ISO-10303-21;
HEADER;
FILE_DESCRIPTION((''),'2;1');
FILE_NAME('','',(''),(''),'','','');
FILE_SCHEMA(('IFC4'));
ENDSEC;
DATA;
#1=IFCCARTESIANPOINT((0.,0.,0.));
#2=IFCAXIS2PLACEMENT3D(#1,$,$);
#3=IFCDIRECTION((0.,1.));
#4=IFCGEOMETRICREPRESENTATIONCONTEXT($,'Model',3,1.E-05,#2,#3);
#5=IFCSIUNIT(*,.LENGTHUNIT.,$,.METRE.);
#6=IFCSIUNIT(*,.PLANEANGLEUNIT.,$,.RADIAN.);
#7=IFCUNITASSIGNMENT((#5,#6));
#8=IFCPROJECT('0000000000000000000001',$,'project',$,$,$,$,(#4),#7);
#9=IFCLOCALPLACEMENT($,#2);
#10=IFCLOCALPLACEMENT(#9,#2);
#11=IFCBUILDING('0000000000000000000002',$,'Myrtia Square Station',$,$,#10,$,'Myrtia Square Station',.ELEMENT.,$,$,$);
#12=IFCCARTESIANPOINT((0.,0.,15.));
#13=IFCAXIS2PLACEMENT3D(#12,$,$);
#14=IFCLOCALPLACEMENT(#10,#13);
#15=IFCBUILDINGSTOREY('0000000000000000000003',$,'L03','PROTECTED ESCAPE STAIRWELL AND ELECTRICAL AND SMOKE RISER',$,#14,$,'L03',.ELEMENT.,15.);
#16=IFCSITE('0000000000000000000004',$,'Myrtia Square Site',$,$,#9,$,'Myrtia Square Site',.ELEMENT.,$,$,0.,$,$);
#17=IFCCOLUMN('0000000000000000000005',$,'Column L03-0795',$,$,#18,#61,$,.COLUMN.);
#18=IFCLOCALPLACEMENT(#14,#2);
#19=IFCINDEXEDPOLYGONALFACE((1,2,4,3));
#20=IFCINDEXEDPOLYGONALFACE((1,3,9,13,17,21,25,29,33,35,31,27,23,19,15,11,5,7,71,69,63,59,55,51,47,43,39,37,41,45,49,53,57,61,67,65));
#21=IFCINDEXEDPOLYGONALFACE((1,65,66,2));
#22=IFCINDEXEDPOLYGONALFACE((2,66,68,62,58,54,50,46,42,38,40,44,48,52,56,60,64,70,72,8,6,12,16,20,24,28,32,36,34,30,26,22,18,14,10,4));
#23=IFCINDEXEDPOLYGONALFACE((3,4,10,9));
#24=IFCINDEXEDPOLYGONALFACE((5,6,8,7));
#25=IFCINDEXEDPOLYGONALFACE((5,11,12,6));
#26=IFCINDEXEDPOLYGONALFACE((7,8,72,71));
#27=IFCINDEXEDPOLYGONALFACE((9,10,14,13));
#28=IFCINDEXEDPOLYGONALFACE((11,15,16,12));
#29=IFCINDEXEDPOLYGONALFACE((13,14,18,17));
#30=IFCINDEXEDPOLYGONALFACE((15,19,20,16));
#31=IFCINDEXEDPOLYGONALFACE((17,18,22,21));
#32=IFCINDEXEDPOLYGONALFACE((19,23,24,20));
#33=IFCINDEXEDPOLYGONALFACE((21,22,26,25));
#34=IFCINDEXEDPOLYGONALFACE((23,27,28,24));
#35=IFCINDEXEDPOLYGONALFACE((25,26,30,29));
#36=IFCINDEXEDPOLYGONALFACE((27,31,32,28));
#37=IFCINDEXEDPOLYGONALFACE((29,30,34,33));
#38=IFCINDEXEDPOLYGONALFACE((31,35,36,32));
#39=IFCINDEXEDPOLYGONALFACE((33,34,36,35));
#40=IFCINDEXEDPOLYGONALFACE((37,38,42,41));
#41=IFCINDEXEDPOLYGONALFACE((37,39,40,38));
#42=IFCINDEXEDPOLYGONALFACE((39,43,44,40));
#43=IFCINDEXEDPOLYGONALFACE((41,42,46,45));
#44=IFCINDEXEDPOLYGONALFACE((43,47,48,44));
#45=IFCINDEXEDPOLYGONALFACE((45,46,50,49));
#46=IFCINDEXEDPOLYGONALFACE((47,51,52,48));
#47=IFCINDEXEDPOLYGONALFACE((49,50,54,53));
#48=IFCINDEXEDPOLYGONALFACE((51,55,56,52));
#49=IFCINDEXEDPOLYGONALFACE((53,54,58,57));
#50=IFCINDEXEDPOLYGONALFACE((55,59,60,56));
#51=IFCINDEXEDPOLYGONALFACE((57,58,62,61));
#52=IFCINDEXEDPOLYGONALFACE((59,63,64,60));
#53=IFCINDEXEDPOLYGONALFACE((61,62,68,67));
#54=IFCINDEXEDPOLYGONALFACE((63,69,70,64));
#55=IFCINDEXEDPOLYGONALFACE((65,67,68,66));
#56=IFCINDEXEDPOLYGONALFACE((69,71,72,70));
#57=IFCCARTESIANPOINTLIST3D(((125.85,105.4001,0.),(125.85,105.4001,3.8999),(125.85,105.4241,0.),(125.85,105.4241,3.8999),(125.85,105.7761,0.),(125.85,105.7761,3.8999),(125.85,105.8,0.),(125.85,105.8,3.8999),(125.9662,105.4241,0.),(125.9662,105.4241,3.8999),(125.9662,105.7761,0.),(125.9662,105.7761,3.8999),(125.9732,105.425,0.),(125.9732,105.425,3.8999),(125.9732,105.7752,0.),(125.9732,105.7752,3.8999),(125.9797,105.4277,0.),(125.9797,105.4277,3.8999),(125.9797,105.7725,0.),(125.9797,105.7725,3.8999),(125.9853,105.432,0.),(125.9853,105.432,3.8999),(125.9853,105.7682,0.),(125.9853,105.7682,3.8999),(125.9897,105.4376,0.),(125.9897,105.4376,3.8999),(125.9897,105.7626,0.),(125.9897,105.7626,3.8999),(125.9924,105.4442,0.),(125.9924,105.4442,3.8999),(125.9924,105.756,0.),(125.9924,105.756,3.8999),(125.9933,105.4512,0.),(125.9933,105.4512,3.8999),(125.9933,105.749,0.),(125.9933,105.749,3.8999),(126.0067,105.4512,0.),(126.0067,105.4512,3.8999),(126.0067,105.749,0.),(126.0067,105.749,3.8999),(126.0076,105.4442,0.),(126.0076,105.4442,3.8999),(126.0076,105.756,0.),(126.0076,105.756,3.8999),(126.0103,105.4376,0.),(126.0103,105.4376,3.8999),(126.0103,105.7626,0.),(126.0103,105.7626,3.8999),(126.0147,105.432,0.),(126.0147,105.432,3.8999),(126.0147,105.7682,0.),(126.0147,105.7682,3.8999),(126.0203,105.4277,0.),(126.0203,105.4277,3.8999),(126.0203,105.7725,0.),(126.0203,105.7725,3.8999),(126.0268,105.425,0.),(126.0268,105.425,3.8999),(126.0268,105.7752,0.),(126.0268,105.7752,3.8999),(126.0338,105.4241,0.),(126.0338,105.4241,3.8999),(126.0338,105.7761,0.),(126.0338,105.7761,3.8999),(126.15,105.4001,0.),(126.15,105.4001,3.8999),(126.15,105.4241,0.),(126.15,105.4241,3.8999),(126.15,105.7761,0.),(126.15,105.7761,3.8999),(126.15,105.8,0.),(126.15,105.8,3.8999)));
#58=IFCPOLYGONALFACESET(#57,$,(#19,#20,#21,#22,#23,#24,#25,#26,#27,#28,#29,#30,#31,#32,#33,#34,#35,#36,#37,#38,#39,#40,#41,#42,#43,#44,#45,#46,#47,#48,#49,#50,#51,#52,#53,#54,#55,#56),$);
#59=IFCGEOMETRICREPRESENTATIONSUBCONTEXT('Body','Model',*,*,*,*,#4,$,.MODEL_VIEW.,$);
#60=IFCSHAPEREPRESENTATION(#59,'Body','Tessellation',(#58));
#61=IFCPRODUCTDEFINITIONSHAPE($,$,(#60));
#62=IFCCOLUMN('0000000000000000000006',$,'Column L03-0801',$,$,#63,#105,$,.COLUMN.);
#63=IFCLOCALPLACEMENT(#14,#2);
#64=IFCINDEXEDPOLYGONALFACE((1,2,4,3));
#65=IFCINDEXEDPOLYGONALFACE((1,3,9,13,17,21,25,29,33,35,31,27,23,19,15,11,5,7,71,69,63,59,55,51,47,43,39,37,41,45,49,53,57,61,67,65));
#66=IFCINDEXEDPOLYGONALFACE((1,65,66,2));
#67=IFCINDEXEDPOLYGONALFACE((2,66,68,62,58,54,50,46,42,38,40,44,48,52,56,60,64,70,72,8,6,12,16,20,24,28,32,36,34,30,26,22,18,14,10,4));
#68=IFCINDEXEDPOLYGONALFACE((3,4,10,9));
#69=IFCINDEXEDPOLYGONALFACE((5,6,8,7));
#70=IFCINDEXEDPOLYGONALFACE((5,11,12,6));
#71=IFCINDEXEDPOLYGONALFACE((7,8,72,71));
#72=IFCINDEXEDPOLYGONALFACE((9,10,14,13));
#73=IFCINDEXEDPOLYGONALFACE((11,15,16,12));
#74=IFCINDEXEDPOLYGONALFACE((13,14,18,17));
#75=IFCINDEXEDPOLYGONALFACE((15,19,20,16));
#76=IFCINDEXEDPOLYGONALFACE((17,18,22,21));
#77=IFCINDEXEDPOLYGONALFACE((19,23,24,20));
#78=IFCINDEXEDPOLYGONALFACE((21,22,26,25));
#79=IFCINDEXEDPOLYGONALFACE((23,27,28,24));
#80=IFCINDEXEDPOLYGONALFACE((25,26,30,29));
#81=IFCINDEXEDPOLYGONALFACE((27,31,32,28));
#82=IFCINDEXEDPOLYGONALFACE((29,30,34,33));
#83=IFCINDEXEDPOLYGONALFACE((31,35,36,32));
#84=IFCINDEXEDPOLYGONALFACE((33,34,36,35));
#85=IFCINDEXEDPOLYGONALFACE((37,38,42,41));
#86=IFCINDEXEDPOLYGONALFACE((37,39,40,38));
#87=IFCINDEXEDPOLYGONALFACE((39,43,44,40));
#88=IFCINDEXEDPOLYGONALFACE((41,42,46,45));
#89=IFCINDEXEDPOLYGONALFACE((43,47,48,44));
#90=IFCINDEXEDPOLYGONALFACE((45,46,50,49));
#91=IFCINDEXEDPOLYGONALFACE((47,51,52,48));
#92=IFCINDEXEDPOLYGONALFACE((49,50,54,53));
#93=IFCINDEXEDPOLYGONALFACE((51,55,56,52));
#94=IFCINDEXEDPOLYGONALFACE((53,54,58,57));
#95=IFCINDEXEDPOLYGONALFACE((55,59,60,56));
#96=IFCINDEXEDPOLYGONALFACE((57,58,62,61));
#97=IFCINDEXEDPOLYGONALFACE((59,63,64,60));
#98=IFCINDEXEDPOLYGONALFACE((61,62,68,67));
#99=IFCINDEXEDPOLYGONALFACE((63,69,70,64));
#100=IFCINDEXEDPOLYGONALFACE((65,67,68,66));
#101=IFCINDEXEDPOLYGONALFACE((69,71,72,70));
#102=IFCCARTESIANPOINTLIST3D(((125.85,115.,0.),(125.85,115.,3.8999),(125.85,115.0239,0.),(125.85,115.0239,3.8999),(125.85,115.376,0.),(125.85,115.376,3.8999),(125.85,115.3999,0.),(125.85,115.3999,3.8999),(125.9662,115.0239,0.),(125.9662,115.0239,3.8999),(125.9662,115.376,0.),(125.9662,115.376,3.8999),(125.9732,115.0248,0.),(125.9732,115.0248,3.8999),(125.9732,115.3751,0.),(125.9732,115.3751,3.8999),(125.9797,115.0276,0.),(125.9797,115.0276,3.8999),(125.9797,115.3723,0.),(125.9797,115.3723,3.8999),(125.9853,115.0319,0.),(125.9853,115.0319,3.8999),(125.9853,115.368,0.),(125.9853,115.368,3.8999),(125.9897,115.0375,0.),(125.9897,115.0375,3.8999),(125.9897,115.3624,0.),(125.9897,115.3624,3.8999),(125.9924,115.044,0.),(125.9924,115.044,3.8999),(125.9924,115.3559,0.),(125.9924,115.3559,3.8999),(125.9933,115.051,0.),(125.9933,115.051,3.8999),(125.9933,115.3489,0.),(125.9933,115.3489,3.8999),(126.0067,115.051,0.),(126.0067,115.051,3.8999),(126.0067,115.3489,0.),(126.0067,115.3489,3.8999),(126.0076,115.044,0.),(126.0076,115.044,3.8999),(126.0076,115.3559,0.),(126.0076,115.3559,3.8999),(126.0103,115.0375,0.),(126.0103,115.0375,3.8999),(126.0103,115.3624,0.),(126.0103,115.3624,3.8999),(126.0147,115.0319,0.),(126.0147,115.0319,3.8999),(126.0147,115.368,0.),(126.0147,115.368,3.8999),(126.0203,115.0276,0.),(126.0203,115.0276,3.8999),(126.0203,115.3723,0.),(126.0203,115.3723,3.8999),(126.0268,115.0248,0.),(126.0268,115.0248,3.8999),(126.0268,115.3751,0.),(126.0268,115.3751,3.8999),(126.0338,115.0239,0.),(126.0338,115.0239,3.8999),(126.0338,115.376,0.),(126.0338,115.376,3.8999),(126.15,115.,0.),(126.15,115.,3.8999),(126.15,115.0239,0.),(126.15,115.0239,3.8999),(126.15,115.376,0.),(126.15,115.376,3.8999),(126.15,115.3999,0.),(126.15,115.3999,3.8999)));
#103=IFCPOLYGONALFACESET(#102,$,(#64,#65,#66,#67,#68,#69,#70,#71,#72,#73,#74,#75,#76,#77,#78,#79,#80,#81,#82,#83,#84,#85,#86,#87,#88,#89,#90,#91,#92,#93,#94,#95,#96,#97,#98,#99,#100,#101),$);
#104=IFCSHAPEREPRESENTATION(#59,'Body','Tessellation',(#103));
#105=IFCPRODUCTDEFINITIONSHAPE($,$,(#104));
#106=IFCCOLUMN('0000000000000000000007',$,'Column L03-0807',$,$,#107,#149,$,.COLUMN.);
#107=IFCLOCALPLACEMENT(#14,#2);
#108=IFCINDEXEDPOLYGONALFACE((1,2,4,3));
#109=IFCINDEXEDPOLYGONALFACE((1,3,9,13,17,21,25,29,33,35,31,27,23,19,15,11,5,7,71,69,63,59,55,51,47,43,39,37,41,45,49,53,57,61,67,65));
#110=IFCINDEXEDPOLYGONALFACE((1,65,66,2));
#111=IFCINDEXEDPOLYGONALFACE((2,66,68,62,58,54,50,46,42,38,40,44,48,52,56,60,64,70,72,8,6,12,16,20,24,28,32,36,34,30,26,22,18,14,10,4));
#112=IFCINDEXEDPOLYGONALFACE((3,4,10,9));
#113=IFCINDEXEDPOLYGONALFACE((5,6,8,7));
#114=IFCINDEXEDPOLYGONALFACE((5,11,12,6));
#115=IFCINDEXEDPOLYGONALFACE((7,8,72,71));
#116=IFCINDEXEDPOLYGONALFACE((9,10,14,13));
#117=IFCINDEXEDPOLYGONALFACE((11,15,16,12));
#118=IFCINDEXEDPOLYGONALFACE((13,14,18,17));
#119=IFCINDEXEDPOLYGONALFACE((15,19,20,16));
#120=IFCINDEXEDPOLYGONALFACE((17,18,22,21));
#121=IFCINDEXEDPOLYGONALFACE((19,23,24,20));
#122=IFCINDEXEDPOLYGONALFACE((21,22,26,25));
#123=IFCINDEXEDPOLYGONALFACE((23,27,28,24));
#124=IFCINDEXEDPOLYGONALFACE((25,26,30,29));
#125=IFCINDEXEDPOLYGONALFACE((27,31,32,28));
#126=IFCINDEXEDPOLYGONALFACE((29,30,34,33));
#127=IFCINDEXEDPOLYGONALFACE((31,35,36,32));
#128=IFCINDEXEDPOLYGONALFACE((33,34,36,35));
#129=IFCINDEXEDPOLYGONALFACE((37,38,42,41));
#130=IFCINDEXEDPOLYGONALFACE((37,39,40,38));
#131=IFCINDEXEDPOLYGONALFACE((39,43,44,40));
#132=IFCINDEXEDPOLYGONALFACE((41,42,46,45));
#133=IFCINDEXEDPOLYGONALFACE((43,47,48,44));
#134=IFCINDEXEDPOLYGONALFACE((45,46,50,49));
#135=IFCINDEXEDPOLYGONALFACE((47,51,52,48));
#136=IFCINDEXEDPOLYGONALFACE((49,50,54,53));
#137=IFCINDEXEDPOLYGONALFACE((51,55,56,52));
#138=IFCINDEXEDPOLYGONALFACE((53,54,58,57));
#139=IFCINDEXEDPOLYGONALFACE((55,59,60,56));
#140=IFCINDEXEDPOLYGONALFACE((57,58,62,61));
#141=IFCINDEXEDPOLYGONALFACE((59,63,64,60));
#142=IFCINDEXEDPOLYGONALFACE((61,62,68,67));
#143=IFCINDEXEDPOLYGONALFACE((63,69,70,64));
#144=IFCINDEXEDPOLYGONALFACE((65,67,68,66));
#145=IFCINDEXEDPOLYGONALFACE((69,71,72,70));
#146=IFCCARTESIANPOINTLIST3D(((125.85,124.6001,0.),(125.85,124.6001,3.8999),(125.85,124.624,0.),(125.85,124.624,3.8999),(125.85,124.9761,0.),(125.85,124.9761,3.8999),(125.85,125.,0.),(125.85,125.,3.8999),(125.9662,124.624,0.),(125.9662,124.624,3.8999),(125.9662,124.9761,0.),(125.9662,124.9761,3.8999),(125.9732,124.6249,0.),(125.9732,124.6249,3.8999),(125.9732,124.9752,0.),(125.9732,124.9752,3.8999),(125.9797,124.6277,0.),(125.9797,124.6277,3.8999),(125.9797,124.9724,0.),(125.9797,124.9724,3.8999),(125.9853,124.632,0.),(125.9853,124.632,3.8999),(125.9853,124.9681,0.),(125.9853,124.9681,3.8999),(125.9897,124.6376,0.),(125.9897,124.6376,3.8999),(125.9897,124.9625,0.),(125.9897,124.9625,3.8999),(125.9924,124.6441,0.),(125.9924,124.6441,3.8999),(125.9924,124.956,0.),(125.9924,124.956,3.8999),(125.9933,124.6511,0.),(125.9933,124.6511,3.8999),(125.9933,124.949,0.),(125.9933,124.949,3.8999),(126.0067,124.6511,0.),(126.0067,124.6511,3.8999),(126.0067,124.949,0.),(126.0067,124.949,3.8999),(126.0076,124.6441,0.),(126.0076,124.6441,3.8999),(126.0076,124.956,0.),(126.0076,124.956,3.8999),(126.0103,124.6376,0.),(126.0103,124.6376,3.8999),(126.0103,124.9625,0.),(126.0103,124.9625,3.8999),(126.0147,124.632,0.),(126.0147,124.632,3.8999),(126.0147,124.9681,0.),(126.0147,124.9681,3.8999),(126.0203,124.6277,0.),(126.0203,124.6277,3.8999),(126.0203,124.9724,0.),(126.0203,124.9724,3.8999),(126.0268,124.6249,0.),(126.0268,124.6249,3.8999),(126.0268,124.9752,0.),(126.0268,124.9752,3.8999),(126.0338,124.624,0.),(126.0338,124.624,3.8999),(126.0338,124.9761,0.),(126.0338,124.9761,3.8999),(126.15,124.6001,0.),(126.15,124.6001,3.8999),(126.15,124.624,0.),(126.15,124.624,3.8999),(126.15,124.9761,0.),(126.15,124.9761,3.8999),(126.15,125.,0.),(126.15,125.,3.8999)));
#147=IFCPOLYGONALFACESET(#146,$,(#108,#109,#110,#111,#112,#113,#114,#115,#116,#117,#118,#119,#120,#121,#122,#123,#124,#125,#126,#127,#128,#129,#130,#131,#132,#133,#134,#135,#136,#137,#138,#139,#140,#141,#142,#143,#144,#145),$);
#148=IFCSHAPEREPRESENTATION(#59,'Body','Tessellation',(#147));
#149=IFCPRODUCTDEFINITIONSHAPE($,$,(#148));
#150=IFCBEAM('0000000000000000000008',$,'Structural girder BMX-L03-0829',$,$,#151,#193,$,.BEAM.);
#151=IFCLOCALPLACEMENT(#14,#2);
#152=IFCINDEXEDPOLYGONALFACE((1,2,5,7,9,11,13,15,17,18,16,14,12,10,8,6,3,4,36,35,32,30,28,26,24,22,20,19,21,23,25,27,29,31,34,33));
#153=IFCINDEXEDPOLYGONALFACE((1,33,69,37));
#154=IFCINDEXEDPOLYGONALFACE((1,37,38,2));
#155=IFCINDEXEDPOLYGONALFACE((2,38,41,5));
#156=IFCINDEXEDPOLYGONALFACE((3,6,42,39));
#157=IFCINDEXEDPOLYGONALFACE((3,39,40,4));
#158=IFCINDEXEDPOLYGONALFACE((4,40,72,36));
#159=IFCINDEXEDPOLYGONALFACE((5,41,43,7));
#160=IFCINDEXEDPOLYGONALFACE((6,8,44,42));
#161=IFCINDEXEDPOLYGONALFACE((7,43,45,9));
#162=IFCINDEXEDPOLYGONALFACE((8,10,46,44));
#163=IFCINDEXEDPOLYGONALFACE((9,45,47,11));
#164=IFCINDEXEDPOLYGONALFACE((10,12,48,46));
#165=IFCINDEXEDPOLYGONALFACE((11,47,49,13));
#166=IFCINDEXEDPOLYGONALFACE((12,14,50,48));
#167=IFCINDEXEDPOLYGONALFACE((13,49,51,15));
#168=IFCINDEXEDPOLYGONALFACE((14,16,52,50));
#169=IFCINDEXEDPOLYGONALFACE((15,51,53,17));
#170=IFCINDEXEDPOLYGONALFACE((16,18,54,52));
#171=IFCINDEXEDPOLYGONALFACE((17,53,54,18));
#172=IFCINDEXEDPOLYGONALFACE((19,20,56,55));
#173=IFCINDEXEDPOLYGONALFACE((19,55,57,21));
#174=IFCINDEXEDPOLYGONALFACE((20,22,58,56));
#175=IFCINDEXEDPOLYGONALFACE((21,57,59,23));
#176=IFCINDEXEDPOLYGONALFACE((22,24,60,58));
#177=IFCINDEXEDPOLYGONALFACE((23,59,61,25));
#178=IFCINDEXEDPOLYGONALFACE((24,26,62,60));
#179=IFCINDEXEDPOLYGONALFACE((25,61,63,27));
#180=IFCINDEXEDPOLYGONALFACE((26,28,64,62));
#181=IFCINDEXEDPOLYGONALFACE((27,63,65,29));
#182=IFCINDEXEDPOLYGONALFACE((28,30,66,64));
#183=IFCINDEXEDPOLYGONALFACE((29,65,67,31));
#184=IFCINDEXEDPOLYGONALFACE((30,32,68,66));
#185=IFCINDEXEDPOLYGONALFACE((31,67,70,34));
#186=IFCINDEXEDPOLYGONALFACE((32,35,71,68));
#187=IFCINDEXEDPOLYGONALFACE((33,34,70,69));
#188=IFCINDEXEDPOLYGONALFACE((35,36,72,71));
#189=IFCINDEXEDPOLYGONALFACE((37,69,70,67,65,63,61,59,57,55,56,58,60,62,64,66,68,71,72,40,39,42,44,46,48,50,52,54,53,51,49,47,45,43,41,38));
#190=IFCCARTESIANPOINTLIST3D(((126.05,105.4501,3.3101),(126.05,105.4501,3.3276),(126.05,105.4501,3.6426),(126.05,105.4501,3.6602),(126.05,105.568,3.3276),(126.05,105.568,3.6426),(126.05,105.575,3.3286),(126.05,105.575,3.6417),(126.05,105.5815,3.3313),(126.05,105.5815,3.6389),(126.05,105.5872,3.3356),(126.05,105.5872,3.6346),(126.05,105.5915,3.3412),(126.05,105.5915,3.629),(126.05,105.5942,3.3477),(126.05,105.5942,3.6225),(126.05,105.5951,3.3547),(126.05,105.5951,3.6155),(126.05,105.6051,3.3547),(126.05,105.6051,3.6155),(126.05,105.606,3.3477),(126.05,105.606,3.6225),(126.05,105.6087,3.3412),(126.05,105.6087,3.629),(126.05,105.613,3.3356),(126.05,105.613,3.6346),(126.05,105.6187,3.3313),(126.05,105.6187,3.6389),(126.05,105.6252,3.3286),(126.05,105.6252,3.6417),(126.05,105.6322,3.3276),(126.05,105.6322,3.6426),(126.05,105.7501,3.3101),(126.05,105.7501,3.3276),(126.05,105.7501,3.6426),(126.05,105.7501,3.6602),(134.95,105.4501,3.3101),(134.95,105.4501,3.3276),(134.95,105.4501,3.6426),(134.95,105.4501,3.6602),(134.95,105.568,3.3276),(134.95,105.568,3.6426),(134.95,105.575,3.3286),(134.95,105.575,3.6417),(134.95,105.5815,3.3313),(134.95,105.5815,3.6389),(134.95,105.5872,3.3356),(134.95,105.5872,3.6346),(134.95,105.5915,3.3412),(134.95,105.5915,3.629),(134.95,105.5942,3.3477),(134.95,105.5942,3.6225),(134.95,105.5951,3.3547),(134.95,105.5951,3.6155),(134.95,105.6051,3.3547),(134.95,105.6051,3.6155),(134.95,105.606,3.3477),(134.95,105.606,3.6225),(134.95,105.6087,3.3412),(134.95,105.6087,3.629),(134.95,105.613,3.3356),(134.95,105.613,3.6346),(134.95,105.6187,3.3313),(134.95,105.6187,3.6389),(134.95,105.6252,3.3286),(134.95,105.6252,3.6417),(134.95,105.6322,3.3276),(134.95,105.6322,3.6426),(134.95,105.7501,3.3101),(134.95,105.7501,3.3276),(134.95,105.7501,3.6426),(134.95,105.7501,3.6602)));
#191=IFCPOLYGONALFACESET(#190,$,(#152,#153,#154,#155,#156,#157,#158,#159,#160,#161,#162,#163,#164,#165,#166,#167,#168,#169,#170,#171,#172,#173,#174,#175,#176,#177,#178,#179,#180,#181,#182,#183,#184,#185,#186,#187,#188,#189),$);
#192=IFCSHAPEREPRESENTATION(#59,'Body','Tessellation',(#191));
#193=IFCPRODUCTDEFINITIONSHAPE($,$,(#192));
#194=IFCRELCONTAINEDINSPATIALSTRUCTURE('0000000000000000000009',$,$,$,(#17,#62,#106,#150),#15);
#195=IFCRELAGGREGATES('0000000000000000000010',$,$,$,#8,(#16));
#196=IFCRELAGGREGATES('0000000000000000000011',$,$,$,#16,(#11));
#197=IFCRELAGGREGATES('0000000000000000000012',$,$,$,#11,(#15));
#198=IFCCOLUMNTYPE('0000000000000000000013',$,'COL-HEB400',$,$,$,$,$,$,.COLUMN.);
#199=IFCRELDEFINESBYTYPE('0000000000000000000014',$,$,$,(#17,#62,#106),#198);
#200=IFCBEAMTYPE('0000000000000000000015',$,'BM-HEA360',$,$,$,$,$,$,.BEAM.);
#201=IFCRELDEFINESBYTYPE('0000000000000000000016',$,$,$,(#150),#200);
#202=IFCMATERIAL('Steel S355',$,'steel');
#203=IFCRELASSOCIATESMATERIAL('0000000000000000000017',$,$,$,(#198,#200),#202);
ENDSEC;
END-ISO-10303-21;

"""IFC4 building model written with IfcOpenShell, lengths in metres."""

from ifc_helpers import new_model, si_unit, direction, frame, origin, origin_2d, place, context, subcontext, project, spatial, i_section, extrude, material, material_profile, profile_set, type_object, element, save


model = new_model("IFC4")

# Units and contexts
model_context = context("Model", 3, precision=1e-05, world=origin(), true_north=direction((0.0, 1.0)))
body_context = subcontext(model_context, "Body", "Model", "MODEL_VIEW")
ifc_project = project(units=[si_unit("LENGTHUNIT", "METRE"), si_unit("PLANEANGLEUNIT", "RADIAN")], contexts=[model_context])

# Site, building, storey
site_placement = place(None, origin())
site = spatial("IfcSite", under=ifc_project, at=site_placement, Name="Myrtia Square Site", LongName="Myrtia Square Site", CompositionType="ELEMENT", RefElevation=0.0)
building_placement = place(site_placement, origin())
building = spatial("IfcBuilding", under=site, at=building_placement, Name="Myrtia Square Station", LongName="Myrtia Square Station", CompositionType="ELEMENT")
storey_placement = place(building_placement, frame((0.0, 0.0, 15.0)))
storey = spatial("IfcBuildingStorey", under=building, at=storey_placement, Name="L03", Description="PROTECTED ESCAPE STAIRWELL AND ELECTRICAL AND SMOKE RISER", LongName="L03", CompositionType="ELEMENT", Elevation=15.0)

# Columns
ifc_material_1 = material(Name="Steel S355", Category="steel")
ifc_material_profile_1 = material_profile(ifc_material_1, i_section(OverallWidth=0.3, OverallDepth=0.3999, WebThickness=0.0134, FlangeThickness=0.0239, FilletRadius=0.0271, at=origin_2d()), Name="HEB 400")
ifc_profile_set_1 = profile_set([ifc_material_profile_1], Name="Steel S355")
column_type = type_object("IfcColumnType", Name="COL-HEB400", PredefinedType="COLUMN", material=ifc_profile_set_1)
for number, where, z_axis, x_axis, name in (
    (1, (126.0, 105.6001, 0.0), (0.0, 0.0, 1.0), (1.0, 0.0, 0.0), "Column L03-0795"),
    (2, (126.0, 115.2, 0.0), (0.0, 0.0, 1.0), (1.0, 0.0, 0.0), "Column L03-0801"),
    (3, (126.0, 124.8, 0.0), (0.0, 0.0, 1.0), (1.0, 0.0, 0.0), "Column L03-0807"),
):
    element("IfcColumn", number, at=place(storey_placement, frame(where, z_axis=z_axis, x_axis=x_axis)), inside=storey, type_object=column_type, Name=name, PredefinedType="COLUMN", context=body_context, shape_type="SweptSolid", body=[
        extrude(i_section(OverallWidth=0.3, OverallDepth=0.3999, WebThickness=0.0134, FlangeThickness=0.0239, FilletRadius=0.0271, at=origin_2d()), origin(), (0.0, 0.0, 1.0), 3.8999),
    ])

# Beam
ifc_material_profile_2 = material_profile(ifc_material_1, i_section(OverallWidth=0.3, OverallDepth=0.3501, WebThickness=0.01, FlangeThickness=0.0176, FilletRadius=0.0271, at=origin_2d()), Name="HEA 360")
ifc_profile_set_2 = profile_set([ifc_material_profile_2], Name="Steel S355")
beam_type_1 = type_object("IfcBeamType", Name="BM-HEA360", PredefinedType="BEAM", material=ifc_profile_set_2)
beam_1_placement = place(storey_placement, frame((126.05, 105.6001, 3.4851), z_axis=(1.0, 0.0, 0.0), x_axis=(0.0, 1.0, 0.0)))
element("IfcBeam", 4, at=beam_1_placement, inside=storey, type_object=beam_type_1, Name="Structural girder BMX-L03-0829", PredefinedType="BEAM", context=body_context, shape_type="SweptSolid", body=[
    extrude(i_section(OverallWidth=0.3, OverallDepth=0.3501, WebThickness=0.01, FlangeThickness=0.0176, FilletRadius=0.0271, at=origin_2d()), origin(), (0.0, 0.0, 1.0), 8.8999),
])

save(model, "model.ifc")
